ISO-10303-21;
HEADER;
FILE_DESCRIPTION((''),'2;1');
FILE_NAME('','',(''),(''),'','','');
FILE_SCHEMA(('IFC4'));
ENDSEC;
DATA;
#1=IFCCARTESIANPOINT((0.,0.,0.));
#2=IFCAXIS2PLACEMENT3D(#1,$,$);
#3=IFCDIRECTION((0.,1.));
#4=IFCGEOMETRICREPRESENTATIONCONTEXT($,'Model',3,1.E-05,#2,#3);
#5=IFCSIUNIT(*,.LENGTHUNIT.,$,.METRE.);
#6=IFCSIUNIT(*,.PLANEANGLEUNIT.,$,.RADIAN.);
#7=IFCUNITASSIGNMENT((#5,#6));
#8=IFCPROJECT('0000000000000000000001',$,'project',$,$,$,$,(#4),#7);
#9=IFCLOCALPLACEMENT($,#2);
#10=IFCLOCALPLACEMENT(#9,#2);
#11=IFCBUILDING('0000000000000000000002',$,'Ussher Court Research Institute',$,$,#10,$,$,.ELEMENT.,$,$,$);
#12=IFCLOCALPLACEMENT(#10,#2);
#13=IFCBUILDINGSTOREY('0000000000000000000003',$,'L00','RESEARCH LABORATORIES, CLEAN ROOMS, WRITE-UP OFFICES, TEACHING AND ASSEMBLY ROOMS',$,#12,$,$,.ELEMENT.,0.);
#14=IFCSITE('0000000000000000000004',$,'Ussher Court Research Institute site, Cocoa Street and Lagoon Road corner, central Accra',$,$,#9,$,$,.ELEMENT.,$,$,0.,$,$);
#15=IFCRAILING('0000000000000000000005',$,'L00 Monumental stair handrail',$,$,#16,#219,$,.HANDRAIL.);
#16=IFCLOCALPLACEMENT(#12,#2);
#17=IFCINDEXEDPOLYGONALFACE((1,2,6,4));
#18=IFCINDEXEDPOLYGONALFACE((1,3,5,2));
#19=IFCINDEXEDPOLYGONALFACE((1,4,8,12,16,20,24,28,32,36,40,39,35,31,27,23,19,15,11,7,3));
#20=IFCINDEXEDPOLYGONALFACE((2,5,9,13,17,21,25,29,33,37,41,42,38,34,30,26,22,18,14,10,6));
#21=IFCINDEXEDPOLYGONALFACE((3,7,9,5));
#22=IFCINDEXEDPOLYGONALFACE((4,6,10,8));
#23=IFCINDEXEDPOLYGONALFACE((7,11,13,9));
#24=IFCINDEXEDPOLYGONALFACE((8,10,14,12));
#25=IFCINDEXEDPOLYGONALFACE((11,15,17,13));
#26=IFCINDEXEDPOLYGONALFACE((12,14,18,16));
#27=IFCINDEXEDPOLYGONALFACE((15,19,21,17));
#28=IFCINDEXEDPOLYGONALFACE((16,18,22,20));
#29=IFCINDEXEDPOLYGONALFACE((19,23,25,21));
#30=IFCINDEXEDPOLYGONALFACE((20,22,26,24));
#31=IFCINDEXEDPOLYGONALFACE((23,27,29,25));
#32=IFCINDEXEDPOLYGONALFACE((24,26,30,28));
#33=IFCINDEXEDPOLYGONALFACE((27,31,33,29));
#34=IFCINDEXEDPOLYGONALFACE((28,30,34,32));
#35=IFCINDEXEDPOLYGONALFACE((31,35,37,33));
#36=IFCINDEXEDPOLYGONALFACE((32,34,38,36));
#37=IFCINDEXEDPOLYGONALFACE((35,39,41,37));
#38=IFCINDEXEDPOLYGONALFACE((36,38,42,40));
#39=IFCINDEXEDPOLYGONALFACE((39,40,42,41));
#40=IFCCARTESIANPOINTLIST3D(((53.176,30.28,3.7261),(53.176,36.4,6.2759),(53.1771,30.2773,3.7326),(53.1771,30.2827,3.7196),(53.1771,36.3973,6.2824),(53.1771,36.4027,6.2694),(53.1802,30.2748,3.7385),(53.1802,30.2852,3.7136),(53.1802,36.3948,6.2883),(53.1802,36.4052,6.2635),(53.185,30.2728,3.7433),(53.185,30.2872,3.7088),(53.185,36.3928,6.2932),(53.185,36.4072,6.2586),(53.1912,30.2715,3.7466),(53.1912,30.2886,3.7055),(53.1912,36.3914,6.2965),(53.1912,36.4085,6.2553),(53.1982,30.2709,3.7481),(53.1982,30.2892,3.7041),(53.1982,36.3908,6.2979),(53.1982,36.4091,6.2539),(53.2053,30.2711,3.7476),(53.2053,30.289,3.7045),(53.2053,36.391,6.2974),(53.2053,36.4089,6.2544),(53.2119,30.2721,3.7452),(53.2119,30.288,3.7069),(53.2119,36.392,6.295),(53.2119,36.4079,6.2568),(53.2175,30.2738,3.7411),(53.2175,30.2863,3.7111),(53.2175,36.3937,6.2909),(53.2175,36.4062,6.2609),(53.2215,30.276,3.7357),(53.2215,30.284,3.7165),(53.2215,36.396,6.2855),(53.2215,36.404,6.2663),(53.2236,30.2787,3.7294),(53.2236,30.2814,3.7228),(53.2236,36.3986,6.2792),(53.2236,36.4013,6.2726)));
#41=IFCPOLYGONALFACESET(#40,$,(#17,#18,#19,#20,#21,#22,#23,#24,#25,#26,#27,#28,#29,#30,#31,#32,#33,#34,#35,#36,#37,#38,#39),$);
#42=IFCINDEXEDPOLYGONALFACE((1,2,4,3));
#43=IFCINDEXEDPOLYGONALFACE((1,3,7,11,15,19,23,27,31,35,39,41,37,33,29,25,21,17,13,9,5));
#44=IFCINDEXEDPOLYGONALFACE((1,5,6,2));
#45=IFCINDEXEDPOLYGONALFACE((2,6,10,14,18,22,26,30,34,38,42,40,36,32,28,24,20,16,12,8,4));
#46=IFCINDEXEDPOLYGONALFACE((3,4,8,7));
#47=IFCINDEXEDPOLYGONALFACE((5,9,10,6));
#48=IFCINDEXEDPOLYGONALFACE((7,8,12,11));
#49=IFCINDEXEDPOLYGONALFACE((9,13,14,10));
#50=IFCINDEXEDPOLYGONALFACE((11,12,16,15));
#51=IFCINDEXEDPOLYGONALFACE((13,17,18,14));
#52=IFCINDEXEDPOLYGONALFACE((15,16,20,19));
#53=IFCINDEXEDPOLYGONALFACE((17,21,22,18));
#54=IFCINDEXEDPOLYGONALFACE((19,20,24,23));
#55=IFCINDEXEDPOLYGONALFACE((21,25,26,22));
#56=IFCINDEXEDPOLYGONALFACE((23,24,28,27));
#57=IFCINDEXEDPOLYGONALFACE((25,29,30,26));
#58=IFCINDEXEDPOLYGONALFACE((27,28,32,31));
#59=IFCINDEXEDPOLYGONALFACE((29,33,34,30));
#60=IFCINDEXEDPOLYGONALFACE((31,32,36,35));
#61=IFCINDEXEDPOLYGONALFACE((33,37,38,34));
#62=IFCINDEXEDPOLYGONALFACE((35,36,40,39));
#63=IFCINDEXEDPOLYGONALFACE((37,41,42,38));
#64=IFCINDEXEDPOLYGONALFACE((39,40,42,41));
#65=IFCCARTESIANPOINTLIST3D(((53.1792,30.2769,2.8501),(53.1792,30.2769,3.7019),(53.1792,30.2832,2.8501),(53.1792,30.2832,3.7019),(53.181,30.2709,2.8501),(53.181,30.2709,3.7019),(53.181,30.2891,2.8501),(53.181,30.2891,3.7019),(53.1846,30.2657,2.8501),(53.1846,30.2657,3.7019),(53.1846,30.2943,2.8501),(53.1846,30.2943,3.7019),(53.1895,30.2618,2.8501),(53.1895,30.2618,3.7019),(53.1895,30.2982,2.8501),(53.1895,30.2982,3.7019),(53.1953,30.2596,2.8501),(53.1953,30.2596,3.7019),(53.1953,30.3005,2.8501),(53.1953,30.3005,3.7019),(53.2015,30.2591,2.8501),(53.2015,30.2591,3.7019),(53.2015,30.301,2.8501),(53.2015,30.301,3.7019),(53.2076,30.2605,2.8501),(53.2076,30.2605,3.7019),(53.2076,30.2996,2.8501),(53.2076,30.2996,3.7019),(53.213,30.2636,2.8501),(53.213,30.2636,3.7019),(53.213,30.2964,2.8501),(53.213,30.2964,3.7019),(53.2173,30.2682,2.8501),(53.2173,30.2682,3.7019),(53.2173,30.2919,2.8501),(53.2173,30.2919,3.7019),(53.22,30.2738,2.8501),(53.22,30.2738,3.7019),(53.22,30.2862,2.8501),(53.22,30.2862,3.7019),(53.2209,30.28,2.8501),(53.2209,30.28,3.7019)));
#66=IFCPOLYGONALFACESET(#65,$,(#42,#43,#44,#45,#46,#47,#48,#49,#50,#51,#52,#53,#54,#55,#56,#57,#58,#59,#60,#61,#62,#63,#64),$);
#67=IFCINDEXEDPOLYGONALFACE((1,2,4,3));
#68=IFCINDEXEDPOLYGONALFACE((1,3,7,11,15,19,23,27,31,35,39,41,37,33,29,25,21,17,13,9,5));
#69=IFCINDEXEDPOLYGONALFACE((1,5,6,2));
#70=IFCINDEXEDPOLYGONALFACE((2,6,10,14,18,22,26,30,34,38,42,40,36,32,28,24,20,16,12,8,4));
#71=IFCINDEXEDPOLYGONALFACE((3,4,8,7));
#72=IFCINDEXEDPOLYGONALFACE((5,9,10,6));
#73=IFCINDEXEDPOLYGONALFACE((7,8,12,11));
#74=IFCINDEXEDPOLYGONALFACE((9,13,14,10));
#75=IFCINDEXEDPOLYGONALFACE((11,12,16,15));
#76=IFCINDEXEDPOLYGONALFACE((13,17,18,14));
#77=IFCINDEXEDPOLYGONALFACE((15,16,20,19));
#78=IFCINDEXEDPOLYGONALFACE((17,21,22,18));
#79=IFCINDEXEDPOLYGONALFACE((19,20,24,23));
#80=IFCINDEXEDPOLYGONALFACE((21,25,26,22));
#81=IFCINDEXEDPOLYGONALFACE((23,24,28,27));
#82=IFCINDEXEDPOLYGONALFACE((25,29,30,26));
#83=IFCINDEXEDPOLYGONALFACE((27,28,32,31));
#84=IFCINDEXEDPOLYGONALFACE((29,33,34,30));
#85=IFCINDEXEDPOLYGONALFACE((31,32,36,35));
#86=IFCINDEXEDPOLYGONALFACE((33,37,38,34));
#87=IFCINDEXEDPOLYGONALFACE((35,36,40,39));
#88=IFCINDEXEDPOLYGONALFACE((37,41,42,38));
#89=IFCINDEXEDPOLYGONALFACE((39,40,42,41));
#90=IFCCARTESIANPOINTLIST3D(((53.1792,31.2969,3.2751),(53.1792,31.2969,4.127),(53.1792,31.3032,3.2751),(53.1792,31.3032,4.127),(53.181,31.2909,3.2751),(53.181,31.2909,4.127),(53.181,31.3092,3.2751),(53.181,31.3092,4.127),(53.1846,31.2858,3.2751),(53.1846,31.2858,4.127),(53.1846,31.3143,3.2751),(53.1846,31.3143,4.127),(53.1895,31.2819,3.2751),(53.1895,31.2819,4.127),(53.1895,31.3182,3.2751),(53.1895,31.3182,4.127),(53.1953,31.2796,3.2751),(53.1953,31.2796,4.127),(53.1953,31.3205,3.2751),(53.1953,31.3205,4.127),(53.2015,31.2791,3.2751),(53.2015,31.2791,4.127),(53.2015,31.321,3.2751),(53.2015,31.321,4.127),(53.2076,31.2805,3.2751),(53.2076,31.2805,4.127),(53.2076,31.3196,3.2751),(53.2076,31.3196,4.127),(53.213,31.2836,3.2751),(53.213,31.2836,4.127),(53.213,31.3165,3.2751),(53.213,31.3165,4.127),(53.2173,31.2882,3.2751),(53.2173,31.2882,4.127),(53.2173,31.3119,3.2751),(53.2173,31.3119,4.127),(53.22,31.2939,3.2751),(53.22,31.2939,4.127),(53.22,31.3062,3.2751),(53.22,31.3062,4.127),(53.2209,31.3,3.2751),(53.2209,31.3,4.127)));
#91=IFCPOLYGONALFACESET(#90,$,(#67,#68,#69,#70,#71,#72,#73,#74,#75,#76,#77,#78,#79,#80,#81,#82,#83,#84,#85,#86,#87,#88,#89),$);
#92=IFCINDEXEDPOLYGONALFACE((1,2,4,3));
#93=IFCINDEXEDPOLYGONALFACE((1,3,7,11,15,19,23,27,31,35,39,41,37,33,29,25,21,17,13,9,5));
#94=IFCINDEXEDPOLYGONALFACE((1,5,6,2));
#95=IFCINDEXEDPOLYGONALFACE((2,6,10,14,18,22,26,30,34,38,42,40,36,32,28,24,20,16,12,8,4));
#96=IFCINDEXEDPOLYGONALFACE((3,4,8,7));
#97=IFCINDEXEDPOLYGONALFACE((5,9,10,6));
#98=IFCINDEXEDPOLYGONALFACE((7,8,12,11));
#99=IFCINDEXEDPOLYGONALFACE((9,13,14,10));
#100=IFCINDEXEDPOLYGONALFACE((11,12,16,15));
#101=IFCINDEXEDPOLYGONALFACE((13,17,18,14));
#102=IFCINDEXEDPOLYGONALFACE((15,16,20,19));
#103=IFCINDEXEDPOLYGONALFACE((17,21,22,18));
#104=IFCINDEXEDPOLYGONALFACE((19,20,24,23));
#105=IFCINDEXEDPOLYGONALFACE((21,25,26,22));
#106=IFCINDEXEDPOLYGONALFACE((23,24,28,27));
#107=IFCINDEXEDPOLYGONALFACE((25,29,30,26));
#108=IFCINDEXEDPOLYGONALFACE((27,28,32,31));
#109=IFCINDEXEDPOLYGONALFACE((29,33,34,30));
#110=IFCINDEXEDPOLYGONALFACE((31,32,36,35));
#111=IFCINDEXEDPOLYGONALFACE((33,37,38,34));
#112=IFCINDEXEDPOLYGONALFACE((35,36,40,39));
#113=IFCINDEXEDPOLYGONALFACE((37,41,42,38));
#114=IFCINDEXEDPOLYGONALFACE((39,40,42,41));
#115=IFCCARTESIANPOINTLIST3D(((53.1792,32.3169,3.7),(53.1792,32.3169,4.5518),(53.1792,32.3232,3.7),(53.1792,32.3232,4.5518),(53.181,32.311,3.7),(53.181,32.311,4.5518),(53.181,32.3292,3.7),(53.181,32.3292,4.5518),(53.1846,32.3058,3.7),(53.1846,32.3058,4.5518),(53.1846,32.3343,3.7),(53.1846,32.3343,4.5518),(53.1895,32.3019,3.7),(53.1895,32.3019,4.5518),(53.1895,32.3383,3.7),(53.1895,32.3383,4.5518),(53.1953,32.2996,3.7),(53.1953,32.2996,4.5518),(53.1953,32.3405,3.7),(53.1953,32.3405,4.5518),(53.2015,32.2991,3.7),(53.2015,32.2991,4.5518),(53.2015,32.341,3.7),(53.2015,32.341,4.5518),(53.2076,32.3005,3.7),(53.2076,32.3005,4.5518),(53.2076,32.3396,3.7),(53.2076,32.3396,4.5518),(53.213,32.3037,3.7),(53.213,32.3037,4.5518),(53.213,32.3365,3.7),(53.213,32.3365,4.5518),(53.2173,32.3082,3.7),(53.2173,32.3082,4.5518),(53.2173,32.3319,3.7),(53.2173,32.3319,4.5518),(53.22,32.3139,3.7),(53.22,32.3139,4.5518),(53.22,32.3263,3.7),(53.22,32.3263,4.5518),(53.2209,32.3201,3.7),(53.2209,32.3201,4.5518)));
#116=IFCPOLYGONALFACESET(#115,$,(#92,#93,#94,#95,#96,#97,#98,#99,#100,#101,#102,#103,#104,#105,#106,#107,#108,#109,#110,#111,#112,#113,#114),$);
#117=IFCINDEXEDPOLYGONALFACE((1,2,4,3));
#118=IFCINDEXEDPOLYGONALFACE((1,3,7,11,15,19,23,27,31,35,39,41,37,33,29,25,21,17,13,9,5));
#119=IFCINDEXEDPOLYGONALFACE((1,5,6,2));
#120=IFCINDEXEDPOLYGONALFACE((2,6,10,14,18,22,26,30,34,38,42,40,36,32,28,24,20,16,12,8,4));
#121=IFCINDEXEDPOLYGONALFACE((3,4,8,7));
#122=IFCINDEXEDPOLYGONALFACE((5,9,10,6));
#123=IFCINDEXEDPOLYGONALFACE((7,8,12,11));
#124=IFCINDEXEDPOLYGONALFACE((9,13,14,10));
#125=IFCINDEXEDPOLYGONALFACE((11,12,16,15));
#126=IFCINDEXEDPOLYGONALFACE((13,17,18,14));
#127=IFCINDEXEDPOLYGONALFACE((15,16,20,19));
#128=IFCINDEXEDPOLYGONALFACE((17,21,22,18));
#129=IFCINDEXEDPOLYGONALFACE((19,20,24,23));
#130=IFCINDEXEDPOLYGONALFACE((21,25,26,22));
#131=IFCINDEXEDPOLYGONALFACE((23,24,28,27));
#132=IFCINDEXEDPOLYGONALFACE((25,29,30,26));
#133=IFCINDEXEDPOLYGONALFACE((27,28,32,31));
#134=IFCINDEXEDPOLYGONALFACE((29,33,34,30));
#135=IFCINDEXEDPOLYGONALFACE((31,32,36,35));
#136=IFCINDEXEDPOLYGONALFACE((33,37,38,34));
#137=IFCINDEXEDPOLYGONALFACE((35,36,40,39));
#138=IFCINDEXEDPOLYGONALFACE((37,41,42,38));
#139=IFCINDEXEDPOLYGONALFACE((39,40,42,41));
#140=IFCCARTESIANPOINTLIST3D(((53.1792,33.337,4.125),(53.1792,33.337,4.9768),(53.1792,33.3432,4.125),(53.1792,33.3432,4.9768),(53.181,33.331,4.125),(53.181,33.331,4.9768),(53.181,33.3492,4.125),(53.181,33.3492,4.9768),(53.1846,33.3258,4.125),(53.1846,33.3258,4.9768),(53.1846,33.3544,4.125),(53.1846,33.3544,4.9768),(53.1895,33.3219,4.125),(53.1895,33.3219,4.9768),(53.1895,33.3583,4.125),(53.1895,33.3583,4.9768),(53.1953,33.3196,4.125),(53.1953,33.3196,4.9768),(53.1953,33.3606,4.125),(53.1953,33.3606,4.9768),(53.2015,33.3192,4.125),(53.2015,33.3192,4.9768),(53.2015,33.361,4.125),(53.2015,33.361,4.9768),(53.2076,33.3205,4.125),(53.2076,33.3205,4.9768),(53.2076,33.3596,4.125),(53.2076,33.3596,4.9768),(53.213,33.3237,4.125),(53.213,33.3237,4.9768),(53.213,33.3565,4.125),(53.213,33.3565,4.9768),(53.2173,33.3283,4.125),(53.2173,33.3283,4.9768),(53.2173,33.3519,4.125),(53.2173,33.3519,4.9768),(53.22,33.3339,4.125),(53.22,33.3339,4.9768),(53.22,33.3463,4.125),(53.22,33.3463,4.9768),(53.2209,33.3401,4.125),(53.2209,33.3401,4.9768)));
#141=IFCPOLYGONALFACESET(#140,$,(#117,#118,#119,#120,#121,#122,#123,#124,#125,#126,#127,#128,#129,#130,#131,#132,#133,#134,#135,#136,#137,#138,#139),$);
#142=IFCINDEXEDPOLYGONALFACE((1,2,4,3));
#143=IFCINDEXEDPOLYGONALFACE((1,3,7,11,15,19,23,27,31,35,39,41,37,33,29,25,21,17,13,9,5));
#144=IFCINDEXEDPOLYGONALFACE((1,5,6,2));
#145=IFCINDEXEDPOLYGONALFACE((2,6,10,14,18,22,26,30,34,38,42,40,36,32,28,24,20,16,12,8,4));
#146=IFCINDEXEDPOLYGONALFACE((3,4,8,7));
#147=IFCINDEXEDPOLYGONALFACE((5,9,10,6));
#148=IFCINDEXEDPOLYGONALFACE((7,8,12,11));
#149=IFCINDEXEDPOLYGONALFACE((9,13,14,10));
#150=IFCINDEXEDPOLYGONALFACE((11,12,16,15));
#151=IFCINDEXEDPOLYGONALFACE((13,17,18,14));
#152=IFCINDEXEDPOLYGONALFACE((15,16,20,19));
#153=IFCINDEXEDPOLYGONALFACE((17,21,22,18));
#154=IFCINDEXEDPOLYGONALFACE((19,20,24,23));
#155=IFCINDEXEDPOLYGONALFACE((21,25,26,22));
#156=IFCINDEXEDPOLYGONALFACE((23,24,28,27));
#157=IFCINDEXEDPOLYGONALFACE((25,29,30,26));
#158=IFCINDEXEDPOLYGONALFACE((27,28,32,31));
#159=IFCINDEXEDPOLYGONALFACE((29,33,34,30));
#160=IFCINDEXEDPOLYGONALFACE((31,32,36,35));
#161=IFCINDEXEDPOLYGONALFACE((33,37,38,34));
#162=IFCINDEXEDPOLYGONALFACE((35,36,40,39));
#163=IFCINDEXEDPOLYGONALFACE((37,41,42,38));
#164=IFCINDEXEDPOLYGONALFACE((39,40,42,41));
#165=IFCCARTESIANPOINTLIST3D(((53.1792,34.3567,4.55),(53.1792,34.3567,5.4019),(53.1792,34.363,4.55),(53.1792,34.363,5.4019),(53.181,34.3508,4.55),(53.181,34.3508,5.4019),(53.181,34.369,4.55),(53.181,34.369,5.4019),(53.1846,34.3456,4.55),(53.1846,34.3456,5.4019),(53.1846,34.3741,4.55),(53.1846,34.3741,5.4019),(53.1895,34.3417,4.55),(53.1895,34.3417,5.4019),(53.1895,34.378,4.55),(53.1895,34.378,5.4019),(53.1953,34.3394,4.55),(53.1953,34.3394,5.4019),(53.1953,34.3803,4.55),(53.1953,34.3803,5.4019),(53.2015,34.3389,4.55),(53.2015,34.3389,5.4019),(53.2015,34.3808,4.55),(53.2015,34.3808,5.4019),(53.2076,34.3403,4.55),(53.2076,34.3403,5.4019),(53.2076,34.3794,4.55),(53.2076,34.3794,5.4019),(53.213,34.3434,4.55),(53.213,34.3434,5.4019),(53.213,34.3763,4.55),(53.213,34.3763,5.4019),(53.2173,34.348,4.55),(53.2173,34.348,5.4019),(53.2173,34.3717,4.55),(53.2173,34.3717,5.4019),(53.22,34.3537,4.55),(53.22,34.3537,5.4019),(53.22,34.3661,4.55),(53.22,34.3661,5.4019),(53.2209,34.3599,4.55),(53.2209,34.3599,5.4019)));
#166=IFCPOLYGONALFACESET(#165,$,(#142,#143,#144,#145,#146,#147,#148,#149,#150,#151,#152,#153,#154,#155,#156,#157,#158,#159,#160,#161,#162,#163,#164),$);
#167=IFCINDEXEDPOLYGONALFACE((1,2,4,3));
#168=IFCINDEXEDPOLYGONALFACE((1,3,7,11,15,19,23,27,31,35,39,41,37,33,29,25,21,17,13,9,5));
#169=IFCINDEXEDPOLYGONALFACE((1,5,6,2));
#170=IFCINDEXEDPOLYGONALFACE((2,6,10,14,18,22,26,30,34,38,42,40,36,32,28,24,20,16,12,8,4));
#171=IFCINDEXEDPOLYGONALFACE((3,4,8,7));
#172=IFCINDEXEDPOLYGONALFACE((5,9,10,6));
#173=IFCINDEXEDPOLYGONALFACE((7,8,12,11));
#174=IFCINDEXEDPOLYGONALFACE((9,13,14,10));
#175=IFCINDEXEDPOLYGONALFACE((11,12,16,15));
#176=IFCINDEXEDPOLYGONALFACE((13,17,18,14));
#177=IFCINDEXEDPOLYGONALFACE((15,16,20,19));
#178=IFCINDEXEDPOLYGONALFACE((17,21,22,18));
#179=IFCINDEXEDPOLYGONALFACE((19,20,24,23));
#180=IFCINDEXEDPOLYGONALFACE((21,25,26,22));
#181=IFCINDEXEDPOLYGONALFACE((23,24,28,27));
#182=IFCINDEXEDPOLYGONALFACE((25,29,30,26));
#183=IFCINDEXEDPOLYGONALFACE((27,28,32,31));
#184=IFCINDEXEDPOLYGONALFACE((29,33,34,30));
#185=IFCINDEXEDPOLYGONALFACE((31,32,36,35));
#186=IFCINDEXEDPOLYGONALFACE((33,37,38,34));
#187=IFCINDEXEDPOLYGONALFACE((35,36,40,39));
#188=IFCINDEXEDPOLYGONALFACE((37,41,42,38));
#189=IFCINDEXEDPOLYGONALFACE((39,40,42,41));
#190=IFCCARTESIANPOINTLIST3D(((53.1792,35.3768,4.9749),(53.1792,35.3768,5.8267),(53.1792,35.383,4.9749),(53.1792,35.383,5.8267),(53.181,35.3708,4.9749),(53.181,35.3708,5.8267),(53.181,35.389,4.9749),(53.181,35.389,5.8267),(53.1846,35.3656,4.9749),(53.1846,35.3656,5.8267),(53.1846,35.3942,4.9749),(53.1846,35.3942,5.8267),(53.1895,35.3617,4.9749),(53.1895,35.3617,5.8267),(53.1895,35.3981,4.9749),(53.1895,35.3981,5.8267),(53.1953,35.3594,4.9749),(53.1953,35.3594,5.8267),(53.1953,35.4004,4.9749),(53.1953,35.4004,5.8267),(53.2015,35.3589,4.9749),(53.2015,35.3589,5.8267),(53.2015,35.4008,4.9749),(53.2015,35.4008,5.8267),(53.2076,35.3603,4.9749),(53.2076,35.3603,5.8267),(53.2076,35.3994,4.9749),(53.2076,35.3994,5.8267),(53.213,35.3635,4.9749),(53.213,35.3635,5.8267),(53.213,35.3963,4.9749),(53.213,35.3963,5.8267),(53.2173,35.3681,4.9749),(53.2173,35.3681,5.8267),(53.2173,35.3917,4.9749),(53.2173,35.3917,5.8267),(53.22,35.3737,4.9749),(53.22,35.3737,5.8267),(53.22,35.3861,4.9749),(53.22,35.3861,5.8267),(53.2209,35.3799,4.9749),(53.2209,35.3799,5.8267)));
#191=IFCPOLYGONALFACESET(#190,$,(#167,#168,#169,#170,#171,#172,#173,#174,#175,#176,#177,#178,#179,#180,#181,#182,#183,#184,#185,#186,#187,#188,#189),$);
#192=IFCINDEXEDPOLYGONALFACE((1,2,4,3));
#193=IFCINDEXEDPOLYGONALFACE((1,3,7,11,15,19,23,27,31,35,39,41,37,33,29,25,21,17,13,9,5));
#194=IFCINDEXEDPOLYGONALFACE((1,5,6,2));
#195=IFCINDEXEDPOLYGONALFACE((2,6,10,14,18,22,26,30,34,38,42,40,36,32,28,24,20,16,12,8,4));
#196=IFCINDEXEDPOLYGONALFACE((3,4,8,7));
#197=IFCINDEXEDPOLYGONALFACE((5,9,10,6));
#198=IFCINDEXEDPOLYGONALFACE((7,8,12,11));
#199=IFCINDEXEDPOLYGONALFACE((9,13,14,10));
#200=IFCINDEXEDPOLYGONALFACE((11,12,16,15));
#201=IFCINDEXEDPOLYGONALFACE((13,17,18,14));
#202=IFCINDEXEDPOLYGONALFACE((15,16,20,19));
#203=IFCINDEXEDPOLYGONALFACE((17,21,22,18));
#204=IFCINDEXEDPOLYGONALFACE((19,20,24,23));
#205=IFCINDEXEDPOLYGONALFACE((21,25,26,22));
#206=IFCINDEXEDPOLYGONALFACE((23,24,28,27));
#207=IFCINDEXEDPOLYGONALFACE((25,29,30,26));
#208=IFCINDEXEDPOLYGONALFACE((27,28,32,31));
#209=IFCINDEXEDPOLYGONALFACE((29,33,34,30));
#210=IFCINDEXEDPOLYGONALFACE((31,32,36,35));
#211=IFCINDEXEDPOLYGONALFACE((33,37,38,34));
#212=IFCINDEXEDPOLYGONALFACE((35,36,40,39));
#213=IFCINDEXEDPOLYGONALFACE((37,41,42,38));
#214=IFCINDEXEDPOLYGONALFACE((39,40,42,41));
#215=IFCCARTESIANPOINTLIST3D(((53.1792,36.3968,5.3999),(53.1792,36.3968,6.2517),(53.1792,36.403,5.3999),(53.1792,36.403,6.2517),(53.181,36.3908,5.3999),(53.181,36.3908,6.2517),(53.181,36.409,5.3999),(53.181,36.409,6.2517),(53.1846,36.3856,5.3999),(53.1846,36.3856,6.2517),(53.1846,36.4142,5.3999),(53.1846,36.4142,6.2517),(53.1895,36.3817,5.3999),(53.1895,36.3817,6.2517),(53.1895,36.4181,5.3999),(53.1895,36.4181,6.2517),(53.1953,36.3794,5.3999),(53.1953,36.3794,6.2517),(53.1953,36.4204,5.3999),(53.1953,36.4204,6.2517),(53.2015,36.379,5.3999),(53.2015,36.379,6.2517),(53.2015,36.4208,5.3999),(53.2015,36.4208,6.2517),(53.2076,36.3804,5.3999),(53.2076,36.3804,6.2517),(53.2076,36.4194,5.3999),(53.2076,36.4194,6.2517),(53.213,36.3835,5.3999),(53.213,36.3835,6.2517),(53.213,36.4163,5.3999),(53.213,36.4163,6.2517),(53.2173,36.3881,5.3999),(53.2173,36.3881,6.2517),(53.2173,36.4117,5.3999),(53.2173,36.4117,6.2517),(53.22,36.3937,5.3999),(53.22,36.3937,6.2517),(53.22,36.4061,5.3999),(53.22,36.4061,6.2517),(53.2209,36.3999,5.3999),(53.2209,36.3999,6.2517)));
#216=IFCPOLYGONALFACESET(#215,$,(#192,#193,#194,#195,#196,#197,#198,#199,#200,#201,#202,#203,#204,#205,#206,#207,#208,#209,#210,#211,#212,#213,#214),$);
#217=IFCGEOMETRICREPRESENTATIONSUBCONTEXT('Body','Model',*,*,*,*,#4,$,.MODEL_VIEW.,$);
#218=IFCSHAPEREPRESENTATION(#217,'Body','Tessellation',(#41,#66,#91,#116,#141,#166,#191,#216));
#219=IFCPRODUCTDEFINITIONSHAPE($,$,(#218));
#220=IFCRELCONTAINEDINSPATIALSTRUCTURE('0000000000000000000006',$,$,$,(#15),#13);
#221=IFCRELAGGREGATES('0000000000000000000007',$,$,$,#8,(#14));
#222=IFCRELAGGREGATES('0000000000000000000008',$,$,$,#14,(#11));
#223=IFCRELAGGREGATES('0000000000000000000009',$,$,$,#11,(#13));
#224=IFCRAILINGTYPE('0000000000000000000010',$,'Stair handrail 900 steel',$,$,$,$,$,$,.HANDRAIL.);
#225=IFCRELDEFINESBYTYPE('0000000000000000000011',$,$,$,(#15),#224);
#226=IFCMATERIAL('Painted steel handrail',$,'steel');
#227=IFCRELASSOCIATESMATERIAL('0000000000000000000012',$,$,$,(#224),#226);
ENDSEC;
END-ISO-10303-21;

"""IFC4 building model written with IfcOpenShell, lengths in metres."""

from ifc_helpers import new_model, si_unit, direction, frame, origin, origin_2d, place, context, subcontext, project, spatial, circle, extrude, material, type_object, element, save


model = new_model("IFC4")

# Units and contexts
model_context = context("Model", 3, precision=1e-05, world=origin(), true_north=direction((0.0, 1.0)))
body_context = subcontext(model_context, "Body", "Model", "MODEL_VIEW")
ifc_project = project(units=[si_unit("LENGTHUNIT", "METRE"), si_unit("PLANEANGLEUNIT", "RADIAN")], contexts=[model_context])

# Site, building, storey
site_placement = place(None, origin())
site = spatial("IfcSite", under=ifc_project, at=site_placement, Name="Ussher Court Research Institute site, Cocoa Street and Lagoon Road corner, central Accra", CompositionType="ELEMENT", RefElevation=0.0)
building_placement = place(site_placement, origin())
building = spatial("IfcBuilding", under=site, at=building_placement, Name="Ussher Court Research Institute", CompositionType="ELEMENT")
storey_placement = place(building_placement, origin())
storey = spatial("IfcBuildingStorey", under=building, at=storey_placement, Name="L00", Description="RESEARCH LABORATORIES, CLEAN ROOMS, WRITE-UP OFFICES, TEACHING AND ASSEMBLY ROOMS", CompositionType="ELEMENT", Elevation=0.0)

# Railing
ifc_material_1 = material(Name="Painted steel handrail", Category="steel")
railing_type_1 = type_object("IfcRailingType", Name="Stair handrail 900 steel", PredefinedType="HANDRAIL", material=ifc_material_1)
railing_1_placement = place(storey_placement, frame((53.2, 30.28, 2.8501)))
element("IfcRailing", 1, at=railing_1_placement, inside=storey, type_object=railing_type_1, Name="L00 Monumental stair handrail", PredefinedType="HANDRAIL", context=body_context, shape_type="SweptSolid", body=[
    extrude(circle(Radius=0.0239, at=origin_2d()), frame((0.0, 0.0, 0.876), z_axis=(0.0, 0.923085, 0.384597), x_axis=(-1.0, 0.0, 0.0)), (0.0, 0.0, 1.0), 6.6299),
    extrude(circle(Radius=0.021, at=origin_2d()), origin(), (0.0, 0.0, 1.0), 0.8518),
    extrude(circle(Radius=0.021, at=origin_2d()), frame((0.0, 1.02, 0.425)), (0.0, 0.0, 1.0), 0.8518),
    extrude(circle(Radius=0.021, at=origin_2d()), frame((0.0, 2.04, 0.8499)), (0.0, 0.0, 1.0), 0.8518),
    extrude(circle(Radius=0.021, at=origin_2d()), frame((0.0, 3.0601, 1.2749)), (0.0, 0.0, 1.0), 0.8518),
    extrude(circle(Radius=0.021, at=origin_2d()), frame((0.0, 4.0798, 1.7)), (0.0, 0.0, 1.0), 0.8518),
    extrude(circle(Radius=0.021, at=origin_2d()), frame((0.0, 5.0999, 2.1248)), (0.0, 0.0, 1.0), 0.8518),
    extrude(circle(Radius=0.021, at=origin_2d()), frame((0.0, 6.1199, 2.5498)), (0.0, 0.0, 1.0), 0.8518),
])

save(model, "model.ifc")
